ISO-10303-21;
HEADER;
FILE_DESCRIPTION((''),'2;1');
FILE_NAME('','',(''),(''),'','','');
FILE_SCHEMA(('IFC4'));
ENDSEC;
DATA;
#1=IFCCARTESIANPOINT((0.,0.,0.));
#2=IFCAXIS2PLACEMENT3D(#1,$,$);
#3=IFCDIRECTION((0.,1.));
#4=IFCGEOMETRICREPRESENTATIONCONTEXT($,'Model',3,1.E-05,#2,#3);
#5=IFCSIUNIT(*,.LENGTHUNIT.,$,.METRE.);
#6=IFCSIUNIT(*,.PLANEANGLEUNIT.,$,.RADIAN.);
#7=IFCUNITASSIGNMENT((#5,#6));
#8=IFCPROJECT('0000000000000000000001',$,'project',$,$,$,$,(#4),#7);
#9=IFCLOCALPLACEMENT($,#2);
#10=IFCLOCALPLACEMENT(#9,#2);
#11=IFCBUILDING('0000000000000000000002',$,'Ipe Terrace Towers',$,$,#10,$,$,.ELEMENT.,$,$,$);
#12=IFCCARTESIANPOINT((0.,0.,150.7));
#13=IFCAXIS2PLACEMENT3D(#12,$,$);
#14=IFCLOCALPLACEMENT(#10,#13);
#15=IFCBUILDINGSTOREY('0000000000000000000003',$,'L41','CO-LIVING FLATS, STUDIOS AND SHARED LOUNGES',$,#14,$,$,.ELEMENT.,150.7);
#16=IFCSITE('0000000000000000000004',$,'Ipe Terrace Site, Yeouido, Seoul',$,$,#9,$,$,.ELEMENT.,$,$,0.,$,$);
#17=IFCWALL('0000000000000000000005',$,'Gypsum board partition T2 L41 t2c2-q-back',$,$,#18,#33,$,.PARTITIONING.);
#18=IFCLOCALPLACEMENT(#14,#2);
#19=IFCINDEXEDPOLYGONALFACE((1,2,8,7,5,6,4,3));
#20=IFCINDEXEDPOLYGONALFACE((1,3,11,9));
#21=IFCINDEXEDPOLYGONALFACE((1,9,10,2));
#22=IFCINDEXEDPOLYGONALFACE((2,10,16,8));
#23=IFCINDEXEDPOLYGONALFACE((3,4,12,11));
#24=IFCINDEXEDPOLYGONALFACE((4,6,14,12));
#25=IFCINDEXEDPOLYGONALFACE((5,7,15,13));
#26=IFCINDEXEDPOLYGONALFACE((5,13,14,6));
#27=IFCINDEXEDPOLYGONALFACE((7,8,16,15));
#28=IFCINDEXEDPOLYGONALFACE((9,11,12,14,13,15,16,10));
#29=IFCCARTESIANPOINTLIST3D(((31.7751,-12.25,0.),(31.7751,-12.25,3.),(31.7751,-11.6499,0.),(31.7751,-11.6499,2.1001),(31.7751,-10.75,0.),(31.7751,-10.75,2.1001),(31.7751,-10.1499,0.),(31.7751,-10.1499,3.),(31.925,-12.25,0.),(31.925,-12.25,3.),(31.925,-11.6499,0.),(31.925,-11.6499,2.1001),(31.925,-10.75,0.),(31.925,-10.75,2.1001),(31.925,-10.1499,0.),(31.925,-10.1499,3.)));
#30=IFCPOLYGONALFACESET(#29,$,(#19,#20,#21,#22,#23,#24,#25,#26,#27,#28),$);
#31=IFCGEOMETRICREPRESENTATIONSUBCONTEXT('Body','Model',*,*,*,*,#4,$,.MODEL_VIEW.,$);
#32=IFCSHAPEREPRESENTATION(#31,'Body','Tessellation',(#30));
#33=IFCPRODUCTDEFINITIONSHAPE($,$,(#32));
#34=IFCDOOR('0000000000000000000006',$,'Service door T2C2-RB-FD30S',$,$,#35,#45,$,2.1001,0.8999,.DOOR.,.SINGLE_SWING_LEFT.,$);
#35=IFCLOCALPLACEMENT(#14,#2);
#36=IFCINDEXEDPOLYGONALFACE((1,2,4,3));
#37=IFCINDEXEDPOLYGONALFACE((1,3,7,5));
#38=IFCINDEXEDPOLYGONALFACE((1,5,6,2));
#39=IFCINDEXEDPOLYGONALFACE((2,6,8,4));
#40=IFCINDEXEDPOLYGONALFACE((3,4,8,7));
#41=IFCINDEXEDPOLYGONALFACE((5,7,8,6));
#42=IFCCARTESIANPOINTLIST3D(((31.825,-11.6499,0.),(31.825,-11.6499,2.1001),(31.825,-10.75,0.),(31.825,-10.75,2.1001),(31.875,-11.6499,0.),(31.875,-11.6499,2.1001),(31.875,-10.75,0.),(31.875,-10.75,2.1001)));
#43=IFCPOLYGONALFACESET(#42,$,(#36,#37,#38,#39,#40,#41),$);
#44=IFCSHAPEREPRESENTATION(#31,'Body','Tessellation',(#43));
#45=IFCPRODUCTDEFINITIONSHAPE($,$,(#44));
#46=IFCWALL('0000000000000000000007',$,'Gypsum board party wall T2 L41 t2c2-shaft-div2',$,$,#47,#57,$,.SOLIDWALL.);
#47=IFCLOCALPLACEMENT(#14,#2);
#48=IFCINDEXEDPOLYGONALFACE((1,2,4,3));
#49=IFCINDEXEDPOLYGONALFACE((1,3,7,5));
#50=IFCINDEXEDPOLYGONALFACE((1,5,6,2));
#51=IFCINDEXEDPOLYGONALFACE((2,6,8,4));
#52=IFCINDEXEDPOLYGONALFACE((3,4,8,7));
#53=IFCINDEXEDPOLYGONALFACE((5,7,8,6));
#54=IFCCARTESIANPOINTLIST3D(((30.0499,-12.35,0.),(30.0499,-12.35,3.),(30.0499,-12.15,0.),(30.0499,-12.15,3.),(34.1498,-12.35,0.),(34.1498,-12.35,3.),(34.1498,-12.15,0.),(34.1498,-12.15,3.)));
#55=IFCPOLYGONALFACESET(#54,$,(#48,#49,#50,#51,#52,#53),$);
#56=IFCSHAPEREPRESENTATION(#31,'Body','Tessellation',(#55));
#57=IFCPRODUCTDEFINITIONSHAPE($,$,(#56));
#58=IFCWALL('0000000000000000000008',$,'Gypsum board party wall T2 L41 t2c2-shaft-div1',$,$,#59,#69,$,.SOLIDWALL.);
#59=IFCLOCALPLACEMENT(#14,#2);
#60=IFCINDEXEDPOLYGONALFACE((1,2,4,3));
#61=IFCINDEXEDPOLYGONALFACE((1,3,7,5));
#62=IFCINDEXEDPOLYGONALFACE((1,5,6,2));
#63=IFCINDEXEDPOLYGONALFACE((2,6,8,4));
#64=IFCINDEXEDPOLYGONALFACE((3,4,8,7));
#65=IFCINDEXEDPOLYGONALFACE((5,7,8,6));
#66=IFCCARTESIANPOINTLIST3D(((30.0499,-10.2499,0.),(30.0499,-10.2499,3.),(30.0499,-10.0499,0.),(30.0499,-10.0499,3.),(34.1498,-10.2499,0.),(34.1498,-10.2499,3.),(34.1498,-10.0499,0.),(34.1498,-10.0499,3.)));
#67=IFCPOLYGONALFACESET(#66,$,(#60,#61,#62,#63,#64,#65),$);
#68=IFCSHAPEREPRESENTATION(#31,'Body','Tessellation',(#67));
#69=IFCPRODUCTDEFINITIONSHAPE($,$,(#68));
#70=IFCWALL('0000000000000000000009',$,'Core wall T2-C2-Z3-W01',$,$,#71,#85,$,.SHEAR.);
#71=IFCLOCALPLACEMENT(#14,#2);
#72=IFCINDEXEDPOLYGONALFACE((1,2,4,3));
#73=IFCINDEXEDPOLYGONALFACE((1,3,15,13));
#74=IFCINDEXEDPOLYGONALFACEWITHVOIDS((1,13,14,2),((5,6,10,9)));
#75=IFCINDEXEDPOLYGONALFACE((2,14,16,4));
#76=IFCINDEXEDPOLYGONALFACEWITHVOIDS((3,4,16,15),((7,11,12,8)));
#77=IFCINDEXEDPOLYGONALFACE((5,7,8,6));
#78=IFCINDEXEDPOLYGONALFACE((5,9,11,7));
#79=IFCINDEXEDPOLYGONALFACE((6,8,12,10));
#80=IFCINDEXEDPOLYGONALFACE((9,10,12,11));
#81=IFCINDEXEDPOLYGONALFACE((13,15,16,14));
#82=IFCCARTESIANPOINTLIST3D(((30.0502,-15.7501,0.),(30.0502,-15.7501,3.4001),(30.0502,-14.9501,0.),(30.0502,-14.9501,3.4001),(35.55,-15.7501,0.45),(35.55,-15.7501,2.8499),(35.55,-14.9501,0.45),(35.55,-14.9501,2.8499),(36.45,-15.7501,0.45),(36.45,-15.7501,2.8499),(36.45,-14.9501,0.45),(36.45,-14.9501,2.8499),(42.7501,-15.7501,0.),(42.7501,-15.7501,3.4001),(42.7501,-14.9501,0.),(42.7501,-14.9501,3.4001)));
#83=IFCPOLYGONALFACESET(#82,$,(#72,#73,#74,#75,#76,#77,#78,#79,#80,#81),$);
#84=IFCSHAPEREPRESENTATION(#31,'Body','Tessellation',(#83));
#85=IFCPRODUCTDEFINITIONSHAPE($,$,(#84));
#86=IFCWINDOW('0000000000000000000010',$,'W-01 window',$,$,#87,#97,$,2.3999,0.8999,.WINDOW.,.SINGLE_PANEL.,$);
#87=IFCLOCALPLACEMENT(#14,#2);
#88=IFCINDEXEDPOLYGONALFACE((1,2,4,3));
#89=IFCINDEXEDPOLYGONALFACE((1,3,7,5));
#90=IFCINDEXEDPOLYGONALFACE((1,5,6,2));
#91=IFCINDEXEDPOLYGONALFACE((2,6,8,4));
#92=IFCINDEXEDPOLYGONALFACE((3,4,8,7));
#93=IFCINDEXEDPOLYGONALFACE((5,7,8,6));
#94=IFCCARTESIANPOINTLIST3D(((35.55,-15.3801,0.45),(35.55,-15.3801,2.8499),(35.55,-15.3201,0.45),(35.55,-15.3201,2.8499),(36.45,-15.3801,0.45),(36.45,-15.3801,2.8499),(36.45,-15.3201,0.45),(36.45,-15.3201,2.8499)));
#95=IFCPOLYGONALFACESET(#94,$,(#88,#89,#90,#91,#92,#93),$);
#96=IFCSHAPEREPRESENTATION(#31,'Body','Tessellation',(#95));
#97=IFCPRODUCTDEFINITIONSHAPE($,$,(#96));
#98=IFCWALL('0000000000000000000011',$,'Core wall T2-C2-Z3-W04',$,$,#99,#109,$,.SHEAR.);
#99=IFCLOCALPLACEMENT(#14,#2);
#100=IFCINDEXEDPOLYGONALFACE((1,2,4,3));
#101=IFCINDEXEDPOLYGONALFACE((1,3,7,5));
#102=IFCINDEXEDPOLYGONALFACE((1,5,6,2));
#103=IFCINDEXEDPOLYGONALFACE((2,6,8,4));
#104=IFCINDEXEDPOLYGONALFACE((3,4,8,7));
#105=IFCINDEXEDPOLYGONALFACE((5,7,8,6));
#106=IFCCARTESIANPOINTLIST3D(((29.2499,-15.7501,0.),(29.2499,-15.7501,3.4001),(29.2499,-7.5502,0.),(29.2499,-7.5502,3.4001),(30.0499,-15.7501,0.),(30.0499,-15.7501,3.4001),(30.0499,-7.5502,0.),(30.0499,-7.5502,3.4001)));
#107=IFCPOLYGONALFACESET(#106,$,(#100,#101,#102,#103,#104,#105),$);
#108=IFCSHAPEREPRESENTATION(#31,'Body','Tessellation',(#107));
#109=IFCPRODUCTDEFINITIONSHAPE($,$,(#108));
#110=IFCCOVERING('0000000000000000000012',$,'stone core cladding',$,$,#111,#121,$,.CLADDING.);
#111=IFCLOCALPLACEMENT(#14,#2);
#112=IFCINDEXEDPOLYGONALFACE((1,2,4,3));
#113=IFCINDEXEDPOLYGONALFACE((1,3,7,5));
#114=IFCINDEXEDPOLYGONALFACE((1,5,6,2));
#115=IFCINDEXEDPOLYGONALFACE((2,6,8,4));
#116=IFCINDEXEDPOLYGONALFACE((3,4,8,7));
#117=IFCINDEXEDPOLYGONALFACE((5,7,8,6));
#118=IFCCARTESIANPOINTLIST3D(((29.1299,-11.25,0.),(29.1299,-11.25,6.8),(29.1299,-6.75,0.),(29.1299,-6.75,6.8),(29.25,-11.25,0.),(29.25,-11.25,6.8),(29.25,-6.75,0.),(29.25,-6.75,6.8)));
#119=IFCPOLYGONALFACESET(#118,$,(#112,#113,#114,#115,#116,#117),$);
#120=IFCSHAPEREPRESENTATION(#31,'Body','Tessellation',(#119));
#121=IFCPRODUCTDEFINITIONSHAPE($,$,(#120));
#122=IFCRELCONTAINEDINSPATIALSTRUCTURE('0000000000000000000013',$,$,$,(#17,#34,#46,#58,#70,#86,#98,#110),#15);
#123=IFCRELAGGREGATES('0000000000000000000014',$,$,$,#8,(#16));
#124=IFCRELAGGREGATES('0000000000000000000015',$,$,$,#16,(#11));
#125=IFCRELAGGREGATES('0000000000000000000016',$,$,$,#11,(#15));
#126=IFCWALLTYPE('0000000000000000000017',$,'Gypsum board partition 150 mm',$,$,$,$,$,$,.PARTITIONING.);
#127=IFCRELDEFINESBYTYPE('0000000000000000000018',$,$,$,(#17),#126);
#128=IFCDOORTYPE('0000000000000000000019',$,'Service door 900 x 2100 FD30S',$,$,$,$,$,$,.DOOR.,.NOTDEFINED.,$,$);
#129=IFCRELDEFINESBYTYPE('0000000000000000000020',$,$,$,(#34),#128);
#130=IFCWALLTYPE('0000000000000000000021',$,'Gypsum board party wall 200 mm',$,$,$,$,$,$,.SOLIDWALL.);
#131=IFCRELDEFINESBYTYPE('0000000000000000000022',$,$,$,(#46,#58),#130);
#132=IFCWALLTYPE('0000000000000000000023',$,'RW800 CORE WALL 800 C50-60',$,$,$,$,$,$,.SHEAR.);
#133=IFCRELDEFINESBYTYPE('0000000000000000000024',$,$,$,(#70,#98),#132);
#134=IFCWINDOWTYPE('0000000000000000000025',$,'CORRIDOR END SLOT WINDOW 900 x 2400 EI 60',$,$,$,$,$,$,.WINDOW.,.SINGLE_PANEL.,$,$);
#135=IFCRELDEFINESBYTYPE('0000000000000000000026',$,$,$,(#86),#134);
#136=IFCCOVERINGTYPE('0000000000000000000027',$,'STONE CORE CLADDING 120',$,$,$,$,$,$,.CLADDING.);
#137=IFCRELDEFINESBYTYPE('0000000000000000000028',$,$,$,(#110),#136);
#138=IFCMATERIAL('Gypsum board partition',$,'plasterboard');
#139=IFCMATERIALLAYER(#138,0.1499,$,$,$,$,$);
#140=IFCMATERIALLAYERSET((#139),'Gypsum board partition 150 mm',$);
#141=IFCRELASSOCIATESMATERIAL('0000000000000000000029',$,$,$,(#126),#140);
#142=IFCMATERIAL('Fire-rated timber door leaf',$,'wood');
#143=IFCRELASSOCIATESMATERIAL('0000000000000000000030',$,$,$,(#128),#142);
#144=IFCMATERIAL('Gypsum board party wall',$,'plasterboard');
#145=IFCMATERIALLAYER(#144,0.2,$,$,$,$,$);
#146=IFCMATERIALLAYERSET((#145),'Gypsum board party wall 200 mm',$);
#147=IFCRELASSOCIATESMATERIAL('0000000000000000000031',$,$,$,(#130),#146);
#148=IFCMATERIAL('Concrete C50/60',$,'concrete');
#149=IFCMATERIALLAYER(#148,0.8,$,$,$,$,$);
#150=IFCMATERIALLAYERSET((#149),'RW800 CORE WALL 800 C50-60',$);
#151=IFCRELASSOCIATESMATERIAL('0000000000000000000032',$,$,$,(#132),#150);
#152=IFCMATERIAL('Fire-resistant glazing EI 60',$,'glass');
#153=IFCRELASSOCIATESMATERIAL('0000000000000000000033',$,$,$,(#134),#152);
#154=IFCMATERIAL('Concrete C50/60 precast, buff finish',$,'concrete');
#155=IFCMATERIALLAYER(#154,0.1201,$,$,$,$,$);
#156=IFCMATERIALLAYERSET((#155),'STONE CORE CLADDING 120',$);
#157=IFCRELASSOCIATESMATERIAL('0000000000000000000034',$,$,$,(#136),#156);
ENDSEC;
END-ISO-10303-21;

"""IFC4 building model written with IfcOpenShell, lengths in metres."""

from ifc_helpers import new_model, si_unit, direction, frame, frame_2d, origin, origin_2d, place, context, subcontext, project, spatial, rectangle, extrude, material, layer, layer_set, type_object, element, fill, save


model = new_model("IFC4")

# Units and contexts
model_context = context("Model", 3, precision=1e-05, world=origin(), true_north=direction((0.0, 1.0)))
body_context = subcontext(model_context, "Body", "Model", "MODEL_VIEW")
ifc_project = project(units=[si_unit("LENGTHUNIT", "METRE"), si_unit("PLANEANGLEUNIT", "RADIAN")], contexts=[model_context])

# Site, building, storey
site_placement = place(None, origin())
site = spatial("IfcSite", under=ifc_project, at=site_placement, Name="Ipe Terrace Site, Yeouido, Seoul", CompositionType="ELEMENT", RefElevation=0.0)
building_placement = place(site_placement, origin())
building = spatial("IfcBuilding", under=site, at=building_placement, Name="Ipe Terrace Towers", CompositionType="ELEMENT")
storey_placement = place(building_placement, frame((0.0, 0.0, 150.7)))
storey = spatial("IfcBuildingStorey", under=building, at=storey_placement, Name="L41", Description="CO-LIVING FLATS, STUDIOS AND SHARED LOUNGES", CompositionType="ELEMENT", Elevation=150.7)

# Wall, opening, door
ifc_material_1 = material(Name="Gypsum board partition", Category="plasterboard")
ifc_layer_1 = layer(ifc_material_1, 0.1499)
ifc_layer_set_1 = layer_set([ifc_layer_1], Name="Gypsum board partition 150 mm")
wall_type_1 = type_object("IfcWallType", Name="Gypsum board partition 150 mm", PredefinedType="PARTITIONING", material=ifc_layer_set_1)
wall_1_placement = place(storey_placement, frame((31.8501, -10.1499, 0.0), z_axis=(0.0, 0.0, 1.0), x_axis=(0.0, -1.0, 0.0)))
wall_1 = element("IfcWall", 1, at=wall_1_placement, inside=storey, type_object=wall_type_1, Name="Gypsum board partition T2 L41 t2c2-q-back", PredefinedType="PARTITIONING", context=body_context, shape_type="SweptSolid", body=[
    extrude(rectangle(XDim=2.1001, YDim=0.1499, at=frame_2d((1.05, 0.0))), origin(), (0.0, 0.0, 1.0), 3.0),
])
opening_1_placement = place(wall_1_placement, frame((0.6001, 0.0, 0.0)))
opening_1 = element("IfcOpeningElement", 2, at=opening_1_placement, cuts=wall_1, PredefinedType="OPENING", context=body_context, shape_type="SweptSolid", body=[
    extrude(rectangle(XDim=0.8999, YDim=2.1001, at=frame_2d((0.45, 1.05))), frame((0.0, 0.085, 0.0), z_axis=(0.0, -1.0, 0.0), x_axis=(1.0, 0.0, 0.0)), (0.0, 0.0, 1.0), 0.1699),
])
ifc_material_2 = material(Name="Fire-rated timber door leaf", Category="wood")
door_type_1 = type_object("IfcDoorType", Name="Service door 900 x 2100 FD30S", OperationType="NOTDEFINED", PredefinedType="DOOR", material=ifc_material_2)
door_1_placement = place(opening_1_placement, origin())
door_1 = element("IfcDoor", 3, at=door_1_placement, inside=storey, type_object=door_type_1, Name="Service door T2C2-RB-FD30S", OperationType="SINGLE_SWING_LEFT", OverallHeight=2.1001, OverallWidth=0.8999, PredefinedType="DOOR", context=body_context, shape_type="SweptSolid", body=[
    extrude(rectangle(XDim=0.8999, YDim=2.1001, at=frame_2d((0.45, 1.05))), frame((0.0, 0.0249, 0.0), z_axis=(0.0, -1.0, 0.0), x_axis=(1.0, 0.0, 0.0)), (0.0, 0.0, 1.0), 0.05),
])
fill(opening_1, door_1)

# Walls
ifc_material_3 = material(Name="Gypsum board party wall", Category="plasterboard")
ifc_layer_2 = layer(ifc_material_3, 0.2)
ifc_layer_set_2 = layer_set([ifc_layer_2], Name="Gypsum board party wall 200 mm")
wall_type_2 = type_object("IfcWallType", Name="Gypsum board party wall 200 mm", PredefinedType="SOLIDWALL", material=ifc_layer_set_2)
for number, where, z_axis, x_axis, name in (
    (4, (30.05, -12.25, 0.0), (0.0, 0.0, 1.0), (1.0, 0.0, 0.0), "Gypsum board party wall T2 L41 t2c2-shaft-div2"),
    (5, (30.05, -10.1499, 0.0), (0.0, 0.0, 1.0), (1.0, 0.0, 0.0), "Gypsum board party wall T2 L41 t2c2-shaft-div1"),
):
    element("IfcWall", number, at=place(storey_placement, frame(where, z_axis=z_axis, x_axis=x_axis)), inside=storey, type_object=wall_type_2, Name=name, PredefinedType="SOLIDWALL", context=body_context, shape_type="SweptSolid", body=[
        extrude(rectangle(XDim=4.0999, YDim=0.2, at=frame_2d((2.0498, 0.0))), origin(), (0.0, 0.0, 1.0), 3.0),
    ])

# Wall, opening, window
ifc_material_4 = material(Name="Concrete C50/60", Category="concrete")
ifc_layer_3 = layer(ifc_material_4, 0.8)
ifc_layer_set_3 = layer_set([ifc_layer_3], Name="RW800 CORE WALL 800 C50-60")
wall_type_3 = type_object("IfcWallType", Name="RW800 CORE WALL 800 C50-60", PredefinedType="SHEAR", material=ifc_layer_set_3)
wall_2_placement = place(storey_placement, frame((30.05, -15.3501, 0.0), z_axis=(0.0, 0.0, 1.0), x_axis=(1.0, 0.0, 0.0)))
wall_2 = element("IfcWall", 6, at=wall_2_placement, inside=storey, type_object=wall_type_3, Name="Core wall T2-C2-Z3-W01", PredefinedType="SHEAR", context=body_context, shape_type="SweptSolid", body=[
    extrude(rectangle(XDim=12.7, YDim=0.8, at=frame_2d((6.3501, 0.0))), origin(), (0.0, 0.0, 1.0), 3.4001),
])
opening_2_placement = place(wall_2_placement, frame((5.5, 0.0, 0.45)))
opening_2 = element("IfcOpeningElement", 7, at=opening_2_placement, cuts=wall_2, PredefinedType="OPENING", context=body_context, shape_type="SweptSolid", body=[
    extrude(rectangle(XDim=0.8999, YDim=2.3999, at=frame_2d((0.45, 1.2))), frame((0.0, 0.4102, 0.0), z_axis=(0.0, -1.0, 0.0), x_axis=(1.0, 0.0, 0.0)), (0.0, 0.0, 1.0), 0.8201),
])
ifc_material_5 = material(Name="Fire-resistant glazing EI 60", Category="glass")
window_type = type_object("IfcWindowType", Name="CORRIDOR END SLOT WINDOW 900 x 2400 EI 60", PartitioningType="SINGLE_PANEL", PredefinedType="WINDOW", material=ifc_material_5)
window_placement = place(opening_2_placement, origin())
window = element("IfcWindow", 8, at=window_placement, inside=storey, type_object=window_type, Name="W-01 window", OverallHeight=2.3999, OverallWidth=0.8999, PartitioningType="SINGLE_PANEL", PredefinedType="WINDOW", context=body_context, shape_type="SweptSolid", body=[
    extrude(rectangle(XDim=0.8999, YDim=2.3999, at=frame_2d((0.45, 1.2))), frame((0.0, 0.03, 0.0), z_axis=(0.0, -1.0, 0.0), x_axis=(1.0, 0.0, 0.0)), (0.0, 0.0, 1.0), 0.0601),
])
fill(opening_2, window)

# Wall
wall_3_placement = place(storey_placement, frame((29.6499, -7.55, 0.0), z_axis=(0.0, 0.0, 1.0), x_axis=(0.0, -1.0, 0.0)))
element("IfcWall", 9, at=wall_3_placement, inside=storey, type_object=wall_type_3, Name="Core wall T2-C2-Z3-W04", PredefinedType="SHEAR", context=body_context, shape_type="SweptSolid", body=[
    extrude(rectangle(XDim=8.2, YDim=0.8, at=frame_2d((4.1001, 0.0))), origin(), (0.0, 0.0, 1.0), 3.4001),
])

# Covering
ifc_material_6 = material(Name="Concrete C50/60 precast, buff finish", Category="concrete")
ifc_layer_4 = layer(ifc_material_6, 0.1201)
ifc_layer_set_4 = layer_set([ifc_layer_4], Name="STONE CORE CLADDING 120")
covering_type = type_object("IfcCoveringType", Name="STONE CORE CLADDING 120", PredefinedType="CLADDING", material=ifc_layer_set_4)
covering_placement = place(storey_placement, frame((29.1899, -9.0, 0.0), z_axis=(0.0, 0.0, 1.0), x_axis=(0.0, -1.0, 0.0)))
element("IfcCovering", 10, at=covering_placement, inside=storey, type_object=covering_type, Name="stone core cladding", PredefinedType="CLADDING", context=body_context, shape_type="SweptSolid", body=[
    extrude(rectangle(XDim=4.5, YDim=0.1201, at=origin_2d()), origin(), (0.0, 0.0, 1.0), 6.8),
])

save(model, "model.ifc")
